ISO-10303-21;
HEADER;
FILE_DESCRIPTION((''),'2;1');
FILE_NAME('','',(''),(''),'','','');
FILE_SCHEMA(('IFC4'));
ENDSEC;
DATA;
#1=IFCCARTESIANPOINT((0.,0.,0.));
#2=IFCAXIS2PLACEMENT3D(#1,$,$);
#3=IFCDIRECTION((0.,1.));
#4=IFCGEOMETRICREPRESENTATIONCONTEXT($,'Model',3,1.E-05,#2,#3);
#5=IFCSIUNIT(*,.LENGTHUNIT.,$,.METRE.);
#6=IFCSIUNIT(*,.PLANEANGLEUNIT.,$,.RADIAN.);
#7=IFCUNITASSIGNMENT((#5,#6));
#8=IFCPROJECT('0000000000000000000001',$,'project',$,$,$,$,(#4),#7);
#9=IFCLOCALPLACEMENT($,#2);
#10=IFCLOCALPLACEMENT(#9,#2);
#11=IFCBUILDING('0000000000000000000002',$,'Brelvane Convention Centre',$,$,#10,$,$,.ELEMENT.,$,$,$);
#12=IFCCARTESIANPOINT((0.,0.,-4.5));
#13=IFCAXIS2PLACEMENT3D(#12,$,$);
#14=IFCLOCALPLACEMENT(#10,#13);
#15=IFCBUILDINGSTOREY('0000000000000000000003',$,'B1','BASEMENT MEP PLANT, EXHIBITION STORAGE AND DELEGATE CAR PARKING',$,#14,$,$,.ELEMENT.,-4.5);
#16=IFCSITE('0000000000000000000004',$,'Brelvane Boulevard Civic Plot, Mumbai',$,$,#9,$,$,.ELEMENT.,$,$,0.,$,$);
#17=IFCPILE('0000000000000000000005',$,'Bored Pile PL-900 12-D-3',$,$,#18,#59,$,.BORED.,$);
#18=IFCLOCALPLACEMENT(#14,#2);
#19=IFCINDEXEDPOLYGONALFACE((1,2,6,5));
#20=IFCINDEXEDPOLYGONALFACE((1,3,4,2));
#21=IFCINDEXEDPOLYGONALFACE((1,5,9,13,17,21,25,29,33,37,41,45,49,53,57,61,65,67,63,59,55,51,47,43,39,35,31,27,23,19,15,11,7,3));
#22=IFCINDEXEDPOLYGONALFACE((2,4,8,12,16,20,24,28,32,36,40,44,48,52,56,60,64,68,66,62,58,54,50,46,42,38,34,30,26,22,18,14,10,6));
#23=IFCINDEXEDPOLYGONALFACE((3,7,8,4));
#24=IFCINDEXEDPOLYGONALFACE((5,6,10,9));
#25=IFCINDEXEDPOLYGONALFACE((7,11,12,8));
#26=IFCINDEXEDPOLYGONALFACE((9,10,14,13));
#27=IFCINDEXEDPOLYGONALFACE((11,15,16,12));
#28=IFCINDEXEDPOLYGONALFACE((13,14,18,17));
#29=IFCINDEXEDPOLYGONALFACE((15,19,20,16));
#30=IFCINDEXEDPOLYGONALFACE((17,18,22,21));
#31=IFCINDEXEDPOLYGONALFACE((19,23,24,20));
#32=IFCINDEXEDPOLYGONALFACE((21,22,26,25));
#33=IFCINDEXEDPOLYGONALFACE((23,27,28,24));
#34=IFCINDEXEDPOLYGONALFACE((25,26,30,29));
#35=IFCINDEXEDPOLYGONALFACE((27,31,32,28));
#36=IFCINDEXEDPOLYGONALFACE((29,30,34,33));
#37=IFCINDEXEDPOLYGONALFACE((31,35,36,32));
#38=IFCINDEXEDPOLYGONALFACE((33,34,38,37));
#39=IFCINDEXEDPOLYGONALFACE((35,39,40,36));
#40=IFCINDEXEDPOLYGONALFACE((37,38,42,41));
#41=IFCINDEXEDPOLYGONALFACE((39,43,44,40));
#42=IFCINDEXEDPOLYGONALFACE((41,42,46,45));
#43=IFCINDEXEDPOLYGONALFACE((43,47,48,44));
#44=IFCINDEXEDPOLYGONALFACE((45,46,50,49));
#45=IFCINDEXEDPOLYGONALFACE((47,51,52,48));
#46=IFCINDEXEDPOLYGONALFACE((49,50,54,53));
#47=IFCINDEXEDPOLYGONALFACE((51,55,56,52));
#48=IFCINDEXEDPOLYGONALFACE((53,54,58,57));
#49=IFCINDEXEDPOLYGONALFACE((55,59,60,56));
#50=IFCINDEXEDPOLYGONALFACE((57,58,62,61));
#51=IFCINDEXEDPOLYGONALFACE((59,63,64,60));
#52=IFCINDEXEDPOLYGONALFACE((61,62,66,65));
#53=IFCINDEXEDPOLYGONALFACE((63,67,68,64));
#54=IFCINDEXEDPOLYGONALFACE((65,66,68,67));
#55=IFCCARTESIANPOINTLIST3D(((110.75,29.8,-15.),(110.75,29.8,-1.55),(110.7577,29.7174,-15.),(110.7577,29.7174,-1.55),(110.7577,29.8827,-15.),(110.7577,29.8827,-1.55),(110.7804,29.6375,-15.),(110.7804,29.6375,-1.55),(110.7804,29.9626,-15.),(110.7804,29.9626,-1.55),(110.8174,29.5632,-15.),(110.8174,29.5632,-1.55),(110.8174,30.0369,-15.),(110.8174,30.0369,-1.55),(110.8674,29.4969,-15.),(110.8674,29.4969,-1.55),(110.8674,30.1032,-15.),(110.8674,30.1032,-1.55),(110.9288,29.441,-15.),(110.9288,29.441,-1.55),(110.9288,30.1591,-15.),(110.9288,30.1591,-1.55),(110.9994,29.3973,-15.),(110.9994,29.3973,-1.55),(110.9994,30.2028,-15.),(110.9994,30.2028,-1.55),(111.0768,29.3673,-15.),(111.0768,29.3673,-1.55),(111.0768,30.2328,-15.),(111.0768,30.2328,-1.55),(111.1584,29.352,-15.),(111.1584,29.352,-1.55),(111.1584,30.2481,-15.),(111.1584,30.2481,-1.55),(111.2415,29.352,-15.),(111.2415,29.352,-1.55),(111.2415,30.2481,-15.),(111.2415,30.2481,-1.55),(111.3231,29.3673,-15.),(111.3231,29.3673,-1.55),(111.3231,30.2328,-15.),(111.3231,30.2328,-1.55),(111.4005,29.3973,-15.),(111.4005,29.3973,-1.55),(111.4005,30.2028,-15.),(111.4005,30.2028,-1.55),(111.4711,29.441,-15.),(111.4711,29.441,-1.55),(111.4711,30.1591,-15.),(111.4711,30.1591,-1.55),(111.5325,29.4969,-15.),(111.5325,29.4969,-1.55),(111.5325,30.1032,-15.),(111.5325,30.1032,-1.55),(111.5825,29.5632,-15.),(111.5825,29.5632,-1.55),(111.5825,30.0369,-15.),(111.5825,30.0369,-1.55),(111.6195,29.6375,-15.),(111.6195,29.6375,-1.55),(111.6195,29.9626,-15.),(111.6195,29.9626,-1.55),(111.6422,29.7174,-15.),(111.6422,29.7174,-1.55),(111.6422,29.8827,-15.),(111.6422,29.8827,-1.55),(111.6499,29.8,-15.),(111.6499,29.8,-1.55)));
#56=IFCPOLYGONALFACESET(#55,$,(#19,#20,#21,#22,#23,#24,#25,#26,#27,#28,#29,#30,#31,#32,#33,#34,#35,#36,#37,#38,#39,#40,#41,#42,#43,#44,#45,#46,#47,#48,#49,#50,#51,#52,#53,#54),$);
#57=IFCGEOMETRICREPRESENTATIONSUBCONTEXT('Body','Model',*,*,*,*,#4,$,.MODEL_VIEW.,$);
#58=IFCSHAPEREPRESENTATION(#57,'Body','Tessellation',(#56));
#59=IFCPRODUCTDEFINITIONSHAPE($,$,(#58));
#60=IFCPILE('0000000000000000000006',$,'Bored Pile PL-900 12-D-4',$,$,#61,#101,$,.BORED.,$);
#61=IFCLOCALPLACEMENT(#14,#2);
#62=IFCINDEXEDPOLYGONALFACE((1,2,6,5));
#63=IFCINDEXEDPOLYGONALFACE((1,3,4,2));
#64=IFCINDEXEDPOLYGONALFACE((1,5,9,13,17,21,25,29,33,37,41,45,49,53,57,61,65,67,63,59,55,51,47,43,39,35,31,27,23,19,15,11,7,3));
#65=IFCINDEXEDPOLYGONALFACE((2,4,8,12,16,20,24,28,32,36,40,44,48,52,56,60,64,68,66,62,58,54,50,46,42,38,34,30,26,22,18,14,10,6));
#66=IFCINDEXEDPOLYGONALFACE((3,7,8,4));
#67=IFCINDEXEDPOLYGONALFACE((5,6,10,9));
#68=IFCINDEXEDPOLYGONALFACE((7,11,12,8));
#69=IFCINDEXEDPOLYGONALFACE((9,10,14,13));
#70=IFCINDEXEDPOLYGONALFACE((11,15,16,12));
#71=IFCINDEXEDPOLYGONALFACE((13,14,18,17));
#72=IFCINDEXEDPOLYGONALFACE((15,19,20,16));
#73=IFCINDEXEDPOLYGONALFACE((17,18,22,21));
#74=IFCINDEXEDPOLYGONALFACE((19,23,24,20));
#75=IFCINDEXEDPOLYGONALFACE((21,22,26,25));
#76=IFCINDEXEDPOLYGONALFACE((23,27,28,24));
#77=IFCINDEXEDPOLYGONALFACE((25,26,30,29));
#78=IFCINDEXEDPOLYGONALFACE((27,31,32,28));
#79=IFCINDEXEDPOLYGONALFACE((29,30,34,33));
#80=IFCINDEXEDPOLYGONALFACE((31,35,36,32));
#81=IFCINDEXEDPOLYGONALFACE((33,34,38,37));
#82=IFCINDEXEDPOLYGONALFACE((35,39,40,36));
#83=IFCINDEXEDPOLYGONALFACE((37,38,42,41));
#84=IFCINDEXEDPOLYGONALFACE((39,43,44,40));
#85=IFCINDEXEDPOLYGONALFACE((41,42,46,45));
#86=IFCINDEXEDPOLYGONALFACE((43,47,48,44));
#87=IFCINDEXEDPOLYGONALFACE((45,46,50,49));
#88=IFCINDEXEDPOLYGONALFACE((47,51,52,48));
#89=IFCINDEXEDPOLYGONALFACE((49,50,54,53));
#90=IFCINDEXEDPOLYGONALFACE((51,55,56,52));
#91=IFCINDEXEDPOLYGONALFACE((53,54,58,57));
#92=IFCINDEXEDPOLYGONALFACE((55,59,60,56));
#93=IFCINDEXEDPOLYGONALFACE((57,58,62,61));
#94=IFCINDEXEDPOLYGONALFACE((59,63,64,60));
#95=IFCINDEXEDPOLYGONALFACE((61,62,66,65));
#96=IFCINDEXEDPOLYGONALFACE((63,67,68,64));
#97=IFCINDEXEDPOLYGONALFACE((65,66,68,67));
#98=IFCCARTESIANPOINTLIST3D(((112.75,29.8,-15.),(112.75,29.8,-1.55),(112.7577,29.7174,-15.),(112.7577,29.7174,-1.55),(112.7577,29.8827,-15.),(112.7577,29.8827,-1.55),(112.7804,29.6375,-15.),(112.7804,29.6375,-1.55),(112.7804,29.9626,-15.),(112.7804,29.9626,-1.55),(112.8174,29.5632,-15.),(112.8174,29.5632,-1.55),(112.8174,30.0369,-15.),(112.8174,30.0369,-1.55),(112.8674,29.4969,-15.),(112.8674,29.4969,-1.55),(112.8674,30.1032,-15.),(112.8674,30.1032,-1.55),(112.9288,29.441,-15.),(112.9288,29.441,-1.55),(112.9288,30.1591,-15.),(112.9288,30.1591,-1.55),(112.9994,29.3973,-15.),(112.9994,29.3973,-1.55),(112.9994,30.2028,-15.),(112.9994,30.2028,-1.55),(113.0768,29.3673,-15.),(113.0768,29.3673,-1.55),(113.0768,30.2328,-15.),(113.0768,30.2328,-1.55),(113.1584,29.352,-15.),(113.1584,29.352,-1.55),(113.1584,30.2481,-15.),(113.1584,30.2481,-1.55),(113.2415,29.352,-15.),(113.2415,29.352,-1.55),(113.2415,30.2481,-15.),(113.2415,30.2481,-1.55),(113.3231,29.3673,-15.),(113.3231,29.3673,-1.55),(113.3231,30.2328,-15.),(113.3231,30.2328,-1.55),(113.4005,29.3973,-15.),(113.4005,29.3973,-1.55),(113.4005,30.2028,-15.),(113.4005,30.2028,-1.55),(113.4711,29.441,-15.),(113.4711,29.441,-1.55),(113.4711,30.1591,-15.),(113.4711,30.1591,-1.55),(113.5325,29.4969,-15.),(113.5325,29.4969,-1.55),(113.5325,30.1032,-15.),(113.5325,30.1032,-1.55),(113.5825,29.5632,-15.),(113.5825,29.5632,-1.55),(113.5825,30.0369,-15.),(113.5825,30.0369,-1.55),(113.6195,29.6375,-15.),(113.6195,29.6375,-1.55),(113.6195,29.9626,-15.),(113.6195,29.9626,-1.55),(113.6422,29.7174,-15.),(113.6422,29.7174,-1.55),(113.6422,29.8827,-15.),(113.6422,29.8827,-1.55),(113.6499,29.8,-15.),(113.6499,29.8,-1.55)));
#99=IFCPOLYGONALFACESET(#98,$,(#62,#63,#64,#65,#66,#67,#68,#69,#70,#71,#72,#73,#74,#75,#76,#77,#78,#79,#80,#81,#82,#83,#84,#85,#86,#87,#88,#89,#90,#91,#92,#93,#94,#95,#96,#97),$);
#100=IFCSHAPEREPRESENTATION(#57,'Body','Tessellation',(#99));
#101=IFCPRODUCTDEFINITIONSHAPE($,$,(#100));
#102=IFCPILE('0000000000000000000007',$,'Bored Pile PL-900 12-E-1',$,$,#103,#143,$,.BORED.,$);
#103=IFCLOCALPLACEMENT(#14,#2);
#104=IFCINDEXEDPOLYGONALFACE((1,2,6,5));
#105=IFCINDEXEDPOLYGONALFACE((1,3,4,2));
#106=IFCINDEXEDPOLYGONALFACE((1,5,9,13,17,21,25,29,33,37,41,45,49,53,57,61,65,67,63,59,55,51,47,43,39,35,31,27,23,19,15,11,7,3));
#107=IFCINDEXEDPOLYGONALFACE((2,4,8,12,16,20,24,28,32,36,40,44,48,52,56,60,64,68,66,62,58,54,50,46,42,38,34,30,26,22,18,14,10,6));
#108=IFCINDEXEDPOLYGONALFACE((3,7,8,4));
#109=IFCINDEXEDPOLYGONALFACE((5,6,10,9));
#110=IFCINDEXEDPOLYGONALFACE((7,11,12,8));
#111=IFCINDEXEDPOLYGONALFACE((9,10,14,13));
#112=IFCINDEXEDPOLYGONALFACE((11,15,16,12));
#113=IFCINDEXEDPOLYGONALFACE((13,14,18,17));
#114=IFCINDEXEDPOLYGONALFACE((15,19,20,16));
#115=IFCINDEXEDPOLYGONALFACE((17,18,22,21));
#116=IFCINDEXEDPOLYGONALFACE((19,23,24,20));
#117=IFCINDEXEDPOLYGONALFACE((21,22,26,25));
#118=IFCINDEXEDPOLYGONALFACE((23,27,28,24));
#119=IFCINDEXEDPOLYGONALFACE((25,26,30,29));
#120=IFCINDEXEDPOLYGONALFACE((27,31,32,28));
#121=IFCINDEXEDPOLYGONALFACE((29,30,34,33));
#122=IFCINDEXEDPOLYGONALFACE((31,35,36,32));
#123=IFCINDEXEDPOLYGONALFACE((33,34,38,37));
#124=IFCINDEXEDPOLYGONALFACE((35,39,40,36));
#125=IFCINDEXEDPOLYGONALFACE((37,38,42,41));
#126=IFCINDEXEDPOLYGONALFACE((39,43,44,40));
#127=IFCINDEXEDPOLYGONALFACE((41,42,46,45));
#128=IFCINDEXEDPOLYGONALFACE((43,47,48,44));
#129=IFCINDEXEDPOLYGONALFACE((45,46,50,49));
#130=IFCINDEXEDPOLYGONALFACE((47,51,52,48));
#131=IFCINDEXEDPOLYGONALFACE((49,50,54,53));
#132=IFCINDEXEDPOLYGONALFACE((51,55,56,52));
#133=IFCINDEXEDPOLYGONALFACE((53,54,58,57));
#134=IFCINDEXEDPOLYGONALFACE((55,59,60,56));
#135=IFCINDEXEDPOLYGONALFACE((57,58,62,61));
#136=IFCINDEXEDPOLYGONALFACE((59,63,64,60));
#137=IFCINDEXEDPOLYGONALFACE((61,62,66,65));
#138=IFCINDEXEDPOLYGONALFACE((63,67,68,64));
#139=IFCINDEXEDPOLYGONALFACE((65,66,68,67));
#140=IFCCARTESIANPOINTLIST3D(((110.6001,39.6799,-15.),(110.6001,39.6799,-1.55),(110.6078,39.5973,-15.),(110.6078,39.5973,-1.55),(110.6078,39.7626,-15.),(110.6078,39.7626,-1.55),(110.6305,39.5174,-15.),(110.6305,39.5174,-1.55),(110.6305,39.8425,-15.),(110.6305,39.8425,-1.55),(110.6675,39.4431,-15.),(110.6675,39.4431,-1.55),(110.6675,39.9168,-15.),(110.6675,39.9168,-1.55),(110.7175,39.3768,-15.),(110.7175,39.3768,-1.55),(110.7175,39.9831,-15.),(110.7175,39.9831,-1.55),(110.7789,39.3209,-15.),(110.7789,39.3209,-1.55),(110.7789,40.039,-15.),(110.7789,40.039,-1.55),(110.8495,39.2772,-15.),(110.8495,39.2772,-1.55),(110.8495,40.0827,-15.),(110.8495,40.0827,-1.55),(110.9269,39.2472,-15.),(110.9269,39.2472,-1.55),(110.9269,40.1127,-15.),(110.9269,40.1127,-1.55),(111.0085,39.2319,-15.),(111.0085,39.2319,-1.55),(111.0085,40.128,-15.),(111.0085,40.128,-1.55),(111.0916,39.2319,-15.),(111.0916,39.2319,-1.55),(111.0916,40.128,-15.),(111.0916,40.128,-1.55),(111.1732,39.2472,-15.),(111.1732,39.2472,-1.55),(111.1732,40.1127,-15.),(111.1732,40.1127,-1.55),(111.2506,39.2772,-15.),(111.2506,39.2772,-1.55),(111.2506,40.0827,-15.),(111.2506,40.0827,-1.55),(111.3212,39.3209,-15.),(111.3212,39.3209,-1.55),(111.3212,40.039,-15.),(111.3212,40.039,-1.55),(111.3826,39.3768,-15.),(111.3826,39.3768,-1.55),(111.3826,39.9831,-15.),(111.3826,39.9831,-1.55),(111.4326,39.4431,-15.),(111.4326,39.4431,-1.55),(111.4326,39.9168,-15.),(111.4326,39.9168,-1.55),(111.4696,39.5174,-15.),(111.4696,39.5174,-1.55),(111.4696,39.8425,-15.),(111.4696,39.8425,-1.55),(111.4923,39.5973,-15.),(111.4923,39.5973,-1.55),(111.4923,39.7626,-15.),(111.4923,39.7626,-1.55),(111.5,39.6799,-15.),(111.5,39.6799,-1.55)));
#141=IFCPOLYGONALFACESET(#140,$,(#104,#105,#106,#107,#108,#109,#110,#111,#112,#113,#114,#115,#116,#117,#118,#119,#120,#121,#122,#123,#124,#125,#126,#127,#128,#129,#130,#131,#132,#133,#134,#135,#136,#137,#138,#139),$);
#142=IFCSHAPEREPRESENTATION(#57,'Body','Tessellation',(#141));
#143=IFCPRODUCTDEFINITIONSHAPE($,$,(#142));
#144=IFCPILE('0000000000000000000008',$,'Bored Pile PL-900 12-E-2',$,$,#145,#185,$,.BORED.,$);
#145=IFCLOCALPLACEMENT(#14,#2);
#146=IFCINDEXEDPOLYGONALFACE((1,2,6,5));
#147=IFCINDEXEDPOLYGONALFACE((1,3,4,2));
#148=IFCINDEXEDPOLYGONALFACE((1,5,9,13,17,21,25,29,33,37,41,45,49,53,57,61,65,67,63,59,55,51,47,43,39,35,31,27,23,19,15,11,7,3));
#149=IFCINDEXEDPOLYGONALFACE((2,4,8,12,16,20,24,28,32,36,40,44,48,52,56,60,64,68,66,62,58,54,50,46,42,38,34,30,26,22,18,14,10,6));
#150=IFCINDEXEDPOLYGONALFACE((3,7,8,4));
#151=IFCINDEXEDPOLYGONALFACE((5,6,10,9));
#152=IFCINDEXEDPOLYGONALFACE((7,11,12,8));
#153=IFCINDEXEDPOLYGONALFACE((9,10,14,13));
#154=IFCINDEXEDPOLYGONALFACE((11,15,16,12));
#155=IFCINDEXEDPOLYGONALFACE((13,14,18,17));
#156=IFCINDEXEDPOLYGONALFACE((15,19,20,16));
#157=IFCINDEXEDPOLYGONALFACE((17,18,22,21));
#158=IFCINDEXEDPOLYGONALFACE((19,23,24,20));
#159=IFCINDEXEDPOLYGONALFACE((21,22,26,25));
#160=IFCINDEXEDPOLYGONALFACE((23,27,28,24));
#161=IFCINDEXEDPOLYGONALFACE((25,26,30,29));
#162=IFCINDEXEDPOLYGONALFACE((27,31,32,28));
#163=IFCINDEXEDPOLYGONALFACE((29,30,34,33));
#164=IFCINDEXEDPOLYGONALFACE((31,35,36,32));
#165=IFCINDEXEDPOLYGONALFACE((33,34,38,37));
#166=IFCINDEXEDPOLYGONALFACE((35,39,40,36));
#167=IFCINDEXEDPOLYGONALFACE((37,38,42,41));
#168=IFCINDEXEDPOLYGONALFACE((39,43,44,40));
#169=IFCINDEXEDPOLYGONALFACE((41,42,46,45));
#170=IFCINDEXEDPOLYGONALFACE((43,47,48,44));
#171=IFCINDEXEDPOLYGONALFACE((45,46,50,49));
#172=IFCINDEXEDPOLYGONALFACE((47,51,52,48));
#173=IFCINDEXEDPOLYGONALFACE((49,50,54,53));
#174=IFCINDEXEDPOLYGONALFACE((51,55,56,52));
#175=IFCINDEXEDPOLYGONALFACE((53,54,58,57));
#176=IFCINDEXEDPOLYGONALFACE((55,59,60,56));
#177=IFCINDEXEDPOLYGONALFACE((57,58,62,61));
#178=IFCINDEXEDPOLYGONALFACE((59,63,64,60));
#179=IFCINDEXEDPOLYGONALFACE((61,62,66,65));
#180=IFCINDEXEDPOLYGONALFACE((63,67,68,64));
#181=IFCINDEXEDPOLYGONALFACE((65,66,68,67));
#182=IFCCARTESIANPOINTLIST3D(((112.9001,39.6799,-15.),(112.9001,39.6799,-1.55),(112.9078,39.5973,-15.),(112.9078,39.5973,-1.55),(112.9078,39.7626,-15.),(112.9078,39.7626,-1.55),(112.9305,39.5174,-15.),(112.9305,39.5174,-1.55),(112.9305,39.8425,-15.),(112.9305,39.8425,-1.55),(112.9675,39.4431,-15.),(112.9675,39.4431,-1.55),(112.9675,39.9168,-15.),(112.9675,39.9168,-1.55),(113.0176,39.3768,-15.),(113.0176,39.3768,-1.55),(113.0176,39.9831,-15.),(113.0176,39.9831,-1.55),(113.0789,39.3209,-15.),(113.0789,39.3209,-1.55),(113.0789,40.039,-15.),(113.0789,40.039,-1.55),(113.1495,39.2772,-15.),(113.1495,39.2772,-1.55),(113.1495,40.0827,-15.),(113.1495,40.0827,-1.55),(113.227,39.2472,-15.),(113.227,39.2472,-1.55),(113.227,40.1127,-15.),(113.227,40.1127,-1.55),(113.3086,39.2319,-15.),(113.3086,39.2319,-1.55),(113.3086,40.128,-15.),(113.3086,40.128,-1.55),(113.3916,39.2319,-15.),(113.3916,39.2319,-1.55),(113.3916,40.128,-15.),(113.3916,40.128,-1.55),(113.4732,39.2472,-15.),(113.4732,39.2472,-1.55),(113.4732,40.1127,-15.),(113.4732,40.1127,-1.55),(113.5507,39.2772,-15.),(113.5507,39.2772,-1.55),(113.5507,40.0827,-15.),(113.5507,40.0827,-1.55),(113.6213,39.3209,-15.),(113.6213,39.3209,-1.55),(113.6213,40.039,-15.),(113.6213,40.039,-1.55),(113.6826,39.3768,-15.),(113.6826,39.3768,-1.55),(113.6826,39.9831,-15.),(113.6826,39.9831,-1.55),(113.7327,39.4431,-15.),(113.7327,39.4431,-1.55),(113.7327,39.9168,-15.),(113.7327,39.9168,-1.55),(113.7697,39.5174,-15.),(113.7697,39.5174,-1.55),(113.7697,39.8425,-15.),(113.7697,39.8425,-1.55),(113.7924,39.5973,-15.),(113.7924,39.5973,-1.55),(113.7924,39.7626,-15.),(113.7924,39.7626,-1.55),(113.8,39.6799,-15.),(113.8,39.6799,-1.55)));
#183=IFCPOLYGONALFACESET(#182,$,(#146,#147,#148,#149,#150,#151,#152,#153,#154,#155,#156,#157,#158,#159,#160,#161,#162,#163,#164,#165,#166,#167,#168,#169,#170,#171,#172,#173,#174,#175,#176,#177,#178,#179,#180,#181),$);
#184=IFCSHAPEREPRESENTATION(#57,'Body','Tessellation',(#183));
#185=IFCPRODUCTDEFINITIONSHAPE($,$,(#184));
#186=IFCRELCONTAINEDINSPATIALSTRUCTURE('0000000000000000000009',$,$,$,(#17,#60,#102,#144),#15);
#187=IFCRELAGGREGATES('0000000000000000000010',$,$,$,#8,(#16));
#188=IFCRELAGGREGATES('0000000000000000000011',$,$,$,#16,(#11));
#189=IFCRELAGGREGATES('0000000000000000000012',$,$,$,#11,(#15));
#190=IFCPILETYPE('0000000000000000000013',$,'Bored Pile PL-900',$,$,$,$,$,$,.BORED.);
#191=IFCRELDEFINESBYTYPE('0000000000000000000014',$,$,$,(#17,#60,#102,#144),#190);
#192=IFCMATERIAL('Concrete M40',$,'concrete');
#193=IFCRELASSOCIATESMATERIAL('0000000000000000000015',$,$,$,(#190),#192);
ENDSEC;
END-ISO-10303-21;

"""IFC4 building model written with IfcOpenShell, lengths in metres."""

from ifc_helpers import new_model, si_unit, direction, frame, origin, origin_2d, place, context, subcontext, project, spatial, circle, extrude, material, material_profile, profile_set, type_object, element, save


model = new_model("IFC4")

# Units and contexts
model_context = context("Model", 3, precision=1e-05, world=origin(), true_north=direction((0.0, 1.0)))
body_context = subcontext(model_context, "Body", "Model", "MODEL_VIEW")
ifc_project = project(units=[si_unit("LENGTHUNIT", "METRE"), si_unit("PLANEANGLEUNIT", "RADIAN")], contexts=[model_context])

# Site, building, storey
site_placement = place(None, origin())
site = spatial("IfcSite", under=ifc_project, at=site_placement, Name="Brelvane Boulevard Civic Plot, Mumbai", CompositionType="ELEMENT", RefElevation=0.0)
building_placement = place(site_placement, origin())
building = spatial("IfcBuilding", under=site, at=building_placement, Name="Brelvane Convention Centre", CompositionType="ELEMENT")
storey_placement = place(building_placement, frame((0.0, 0.0, -4.5)))
storey = spatial("IfcBuildingStorey", under=building, at=storey_placement, Name="B1", Description="BASEMENT MEP PLANT, EXHIBITION STORAGE AND DELEGATE CAR PARKING", CompositionType="ELEMENT", Elevation=-4.5)

# Piles
ifc_material_1 = material(Name="Concrete M40", Category="concrete")
ifc_material_profile_1 = material_profile(ifc_material_1, circle(Radius=0.45, at=origin_2d()), Name="PILE D900")
ifc_profile_set_1 = profile_set([ifc_material_profile_1], Name="Concrete M40")
pile_type = type_object("IfcPileType", Name="Bored Pile PL-900", PredefinedType="BORED", material=ifc_profile_set_1)
for number, where, z_axis, x_axis, name in (
    (1, (111.2, 29.8, -1.55), (0.0, 0.0, -1.0), (1.0, 0.0, 0.0), "Bored Pile PL-900 12-D-3"),
    (2, (113.2, 29.8, -1.55), (0.0, 0.0, -1.0), (1.0, 0.0, 0.0), "Bored Pile PL-900 12-D-4"),
    (3, (111.05, 39.6799, -1.55), (0.0, 0.0, -1.0), (1.0, 0.0, 0.0), "Bored Pile PL-900 12-E-1"),
    (4, (113.3501, 39.6799, -1.55), (0.0, 0.0, -1.0), (1.0, 0.0, 0.0), "Bored Pile PL-900 12-E-2"),
):
    element("IfcPile", number, at=place(storey_placement, frame(where, z_axis=z_axis, x_axis=x_axis)), inside=storey, type_object=pile_type, Name=name, PredefinedType="BORED", context=body_context, shape_type="SweptSolid", body=[
        extrude(circle(Radius=0.45, at=origin_2d()), origin(), (0.0, 0.0, 1.0), 13.45),
    ])

save(model, "model.ifc")
